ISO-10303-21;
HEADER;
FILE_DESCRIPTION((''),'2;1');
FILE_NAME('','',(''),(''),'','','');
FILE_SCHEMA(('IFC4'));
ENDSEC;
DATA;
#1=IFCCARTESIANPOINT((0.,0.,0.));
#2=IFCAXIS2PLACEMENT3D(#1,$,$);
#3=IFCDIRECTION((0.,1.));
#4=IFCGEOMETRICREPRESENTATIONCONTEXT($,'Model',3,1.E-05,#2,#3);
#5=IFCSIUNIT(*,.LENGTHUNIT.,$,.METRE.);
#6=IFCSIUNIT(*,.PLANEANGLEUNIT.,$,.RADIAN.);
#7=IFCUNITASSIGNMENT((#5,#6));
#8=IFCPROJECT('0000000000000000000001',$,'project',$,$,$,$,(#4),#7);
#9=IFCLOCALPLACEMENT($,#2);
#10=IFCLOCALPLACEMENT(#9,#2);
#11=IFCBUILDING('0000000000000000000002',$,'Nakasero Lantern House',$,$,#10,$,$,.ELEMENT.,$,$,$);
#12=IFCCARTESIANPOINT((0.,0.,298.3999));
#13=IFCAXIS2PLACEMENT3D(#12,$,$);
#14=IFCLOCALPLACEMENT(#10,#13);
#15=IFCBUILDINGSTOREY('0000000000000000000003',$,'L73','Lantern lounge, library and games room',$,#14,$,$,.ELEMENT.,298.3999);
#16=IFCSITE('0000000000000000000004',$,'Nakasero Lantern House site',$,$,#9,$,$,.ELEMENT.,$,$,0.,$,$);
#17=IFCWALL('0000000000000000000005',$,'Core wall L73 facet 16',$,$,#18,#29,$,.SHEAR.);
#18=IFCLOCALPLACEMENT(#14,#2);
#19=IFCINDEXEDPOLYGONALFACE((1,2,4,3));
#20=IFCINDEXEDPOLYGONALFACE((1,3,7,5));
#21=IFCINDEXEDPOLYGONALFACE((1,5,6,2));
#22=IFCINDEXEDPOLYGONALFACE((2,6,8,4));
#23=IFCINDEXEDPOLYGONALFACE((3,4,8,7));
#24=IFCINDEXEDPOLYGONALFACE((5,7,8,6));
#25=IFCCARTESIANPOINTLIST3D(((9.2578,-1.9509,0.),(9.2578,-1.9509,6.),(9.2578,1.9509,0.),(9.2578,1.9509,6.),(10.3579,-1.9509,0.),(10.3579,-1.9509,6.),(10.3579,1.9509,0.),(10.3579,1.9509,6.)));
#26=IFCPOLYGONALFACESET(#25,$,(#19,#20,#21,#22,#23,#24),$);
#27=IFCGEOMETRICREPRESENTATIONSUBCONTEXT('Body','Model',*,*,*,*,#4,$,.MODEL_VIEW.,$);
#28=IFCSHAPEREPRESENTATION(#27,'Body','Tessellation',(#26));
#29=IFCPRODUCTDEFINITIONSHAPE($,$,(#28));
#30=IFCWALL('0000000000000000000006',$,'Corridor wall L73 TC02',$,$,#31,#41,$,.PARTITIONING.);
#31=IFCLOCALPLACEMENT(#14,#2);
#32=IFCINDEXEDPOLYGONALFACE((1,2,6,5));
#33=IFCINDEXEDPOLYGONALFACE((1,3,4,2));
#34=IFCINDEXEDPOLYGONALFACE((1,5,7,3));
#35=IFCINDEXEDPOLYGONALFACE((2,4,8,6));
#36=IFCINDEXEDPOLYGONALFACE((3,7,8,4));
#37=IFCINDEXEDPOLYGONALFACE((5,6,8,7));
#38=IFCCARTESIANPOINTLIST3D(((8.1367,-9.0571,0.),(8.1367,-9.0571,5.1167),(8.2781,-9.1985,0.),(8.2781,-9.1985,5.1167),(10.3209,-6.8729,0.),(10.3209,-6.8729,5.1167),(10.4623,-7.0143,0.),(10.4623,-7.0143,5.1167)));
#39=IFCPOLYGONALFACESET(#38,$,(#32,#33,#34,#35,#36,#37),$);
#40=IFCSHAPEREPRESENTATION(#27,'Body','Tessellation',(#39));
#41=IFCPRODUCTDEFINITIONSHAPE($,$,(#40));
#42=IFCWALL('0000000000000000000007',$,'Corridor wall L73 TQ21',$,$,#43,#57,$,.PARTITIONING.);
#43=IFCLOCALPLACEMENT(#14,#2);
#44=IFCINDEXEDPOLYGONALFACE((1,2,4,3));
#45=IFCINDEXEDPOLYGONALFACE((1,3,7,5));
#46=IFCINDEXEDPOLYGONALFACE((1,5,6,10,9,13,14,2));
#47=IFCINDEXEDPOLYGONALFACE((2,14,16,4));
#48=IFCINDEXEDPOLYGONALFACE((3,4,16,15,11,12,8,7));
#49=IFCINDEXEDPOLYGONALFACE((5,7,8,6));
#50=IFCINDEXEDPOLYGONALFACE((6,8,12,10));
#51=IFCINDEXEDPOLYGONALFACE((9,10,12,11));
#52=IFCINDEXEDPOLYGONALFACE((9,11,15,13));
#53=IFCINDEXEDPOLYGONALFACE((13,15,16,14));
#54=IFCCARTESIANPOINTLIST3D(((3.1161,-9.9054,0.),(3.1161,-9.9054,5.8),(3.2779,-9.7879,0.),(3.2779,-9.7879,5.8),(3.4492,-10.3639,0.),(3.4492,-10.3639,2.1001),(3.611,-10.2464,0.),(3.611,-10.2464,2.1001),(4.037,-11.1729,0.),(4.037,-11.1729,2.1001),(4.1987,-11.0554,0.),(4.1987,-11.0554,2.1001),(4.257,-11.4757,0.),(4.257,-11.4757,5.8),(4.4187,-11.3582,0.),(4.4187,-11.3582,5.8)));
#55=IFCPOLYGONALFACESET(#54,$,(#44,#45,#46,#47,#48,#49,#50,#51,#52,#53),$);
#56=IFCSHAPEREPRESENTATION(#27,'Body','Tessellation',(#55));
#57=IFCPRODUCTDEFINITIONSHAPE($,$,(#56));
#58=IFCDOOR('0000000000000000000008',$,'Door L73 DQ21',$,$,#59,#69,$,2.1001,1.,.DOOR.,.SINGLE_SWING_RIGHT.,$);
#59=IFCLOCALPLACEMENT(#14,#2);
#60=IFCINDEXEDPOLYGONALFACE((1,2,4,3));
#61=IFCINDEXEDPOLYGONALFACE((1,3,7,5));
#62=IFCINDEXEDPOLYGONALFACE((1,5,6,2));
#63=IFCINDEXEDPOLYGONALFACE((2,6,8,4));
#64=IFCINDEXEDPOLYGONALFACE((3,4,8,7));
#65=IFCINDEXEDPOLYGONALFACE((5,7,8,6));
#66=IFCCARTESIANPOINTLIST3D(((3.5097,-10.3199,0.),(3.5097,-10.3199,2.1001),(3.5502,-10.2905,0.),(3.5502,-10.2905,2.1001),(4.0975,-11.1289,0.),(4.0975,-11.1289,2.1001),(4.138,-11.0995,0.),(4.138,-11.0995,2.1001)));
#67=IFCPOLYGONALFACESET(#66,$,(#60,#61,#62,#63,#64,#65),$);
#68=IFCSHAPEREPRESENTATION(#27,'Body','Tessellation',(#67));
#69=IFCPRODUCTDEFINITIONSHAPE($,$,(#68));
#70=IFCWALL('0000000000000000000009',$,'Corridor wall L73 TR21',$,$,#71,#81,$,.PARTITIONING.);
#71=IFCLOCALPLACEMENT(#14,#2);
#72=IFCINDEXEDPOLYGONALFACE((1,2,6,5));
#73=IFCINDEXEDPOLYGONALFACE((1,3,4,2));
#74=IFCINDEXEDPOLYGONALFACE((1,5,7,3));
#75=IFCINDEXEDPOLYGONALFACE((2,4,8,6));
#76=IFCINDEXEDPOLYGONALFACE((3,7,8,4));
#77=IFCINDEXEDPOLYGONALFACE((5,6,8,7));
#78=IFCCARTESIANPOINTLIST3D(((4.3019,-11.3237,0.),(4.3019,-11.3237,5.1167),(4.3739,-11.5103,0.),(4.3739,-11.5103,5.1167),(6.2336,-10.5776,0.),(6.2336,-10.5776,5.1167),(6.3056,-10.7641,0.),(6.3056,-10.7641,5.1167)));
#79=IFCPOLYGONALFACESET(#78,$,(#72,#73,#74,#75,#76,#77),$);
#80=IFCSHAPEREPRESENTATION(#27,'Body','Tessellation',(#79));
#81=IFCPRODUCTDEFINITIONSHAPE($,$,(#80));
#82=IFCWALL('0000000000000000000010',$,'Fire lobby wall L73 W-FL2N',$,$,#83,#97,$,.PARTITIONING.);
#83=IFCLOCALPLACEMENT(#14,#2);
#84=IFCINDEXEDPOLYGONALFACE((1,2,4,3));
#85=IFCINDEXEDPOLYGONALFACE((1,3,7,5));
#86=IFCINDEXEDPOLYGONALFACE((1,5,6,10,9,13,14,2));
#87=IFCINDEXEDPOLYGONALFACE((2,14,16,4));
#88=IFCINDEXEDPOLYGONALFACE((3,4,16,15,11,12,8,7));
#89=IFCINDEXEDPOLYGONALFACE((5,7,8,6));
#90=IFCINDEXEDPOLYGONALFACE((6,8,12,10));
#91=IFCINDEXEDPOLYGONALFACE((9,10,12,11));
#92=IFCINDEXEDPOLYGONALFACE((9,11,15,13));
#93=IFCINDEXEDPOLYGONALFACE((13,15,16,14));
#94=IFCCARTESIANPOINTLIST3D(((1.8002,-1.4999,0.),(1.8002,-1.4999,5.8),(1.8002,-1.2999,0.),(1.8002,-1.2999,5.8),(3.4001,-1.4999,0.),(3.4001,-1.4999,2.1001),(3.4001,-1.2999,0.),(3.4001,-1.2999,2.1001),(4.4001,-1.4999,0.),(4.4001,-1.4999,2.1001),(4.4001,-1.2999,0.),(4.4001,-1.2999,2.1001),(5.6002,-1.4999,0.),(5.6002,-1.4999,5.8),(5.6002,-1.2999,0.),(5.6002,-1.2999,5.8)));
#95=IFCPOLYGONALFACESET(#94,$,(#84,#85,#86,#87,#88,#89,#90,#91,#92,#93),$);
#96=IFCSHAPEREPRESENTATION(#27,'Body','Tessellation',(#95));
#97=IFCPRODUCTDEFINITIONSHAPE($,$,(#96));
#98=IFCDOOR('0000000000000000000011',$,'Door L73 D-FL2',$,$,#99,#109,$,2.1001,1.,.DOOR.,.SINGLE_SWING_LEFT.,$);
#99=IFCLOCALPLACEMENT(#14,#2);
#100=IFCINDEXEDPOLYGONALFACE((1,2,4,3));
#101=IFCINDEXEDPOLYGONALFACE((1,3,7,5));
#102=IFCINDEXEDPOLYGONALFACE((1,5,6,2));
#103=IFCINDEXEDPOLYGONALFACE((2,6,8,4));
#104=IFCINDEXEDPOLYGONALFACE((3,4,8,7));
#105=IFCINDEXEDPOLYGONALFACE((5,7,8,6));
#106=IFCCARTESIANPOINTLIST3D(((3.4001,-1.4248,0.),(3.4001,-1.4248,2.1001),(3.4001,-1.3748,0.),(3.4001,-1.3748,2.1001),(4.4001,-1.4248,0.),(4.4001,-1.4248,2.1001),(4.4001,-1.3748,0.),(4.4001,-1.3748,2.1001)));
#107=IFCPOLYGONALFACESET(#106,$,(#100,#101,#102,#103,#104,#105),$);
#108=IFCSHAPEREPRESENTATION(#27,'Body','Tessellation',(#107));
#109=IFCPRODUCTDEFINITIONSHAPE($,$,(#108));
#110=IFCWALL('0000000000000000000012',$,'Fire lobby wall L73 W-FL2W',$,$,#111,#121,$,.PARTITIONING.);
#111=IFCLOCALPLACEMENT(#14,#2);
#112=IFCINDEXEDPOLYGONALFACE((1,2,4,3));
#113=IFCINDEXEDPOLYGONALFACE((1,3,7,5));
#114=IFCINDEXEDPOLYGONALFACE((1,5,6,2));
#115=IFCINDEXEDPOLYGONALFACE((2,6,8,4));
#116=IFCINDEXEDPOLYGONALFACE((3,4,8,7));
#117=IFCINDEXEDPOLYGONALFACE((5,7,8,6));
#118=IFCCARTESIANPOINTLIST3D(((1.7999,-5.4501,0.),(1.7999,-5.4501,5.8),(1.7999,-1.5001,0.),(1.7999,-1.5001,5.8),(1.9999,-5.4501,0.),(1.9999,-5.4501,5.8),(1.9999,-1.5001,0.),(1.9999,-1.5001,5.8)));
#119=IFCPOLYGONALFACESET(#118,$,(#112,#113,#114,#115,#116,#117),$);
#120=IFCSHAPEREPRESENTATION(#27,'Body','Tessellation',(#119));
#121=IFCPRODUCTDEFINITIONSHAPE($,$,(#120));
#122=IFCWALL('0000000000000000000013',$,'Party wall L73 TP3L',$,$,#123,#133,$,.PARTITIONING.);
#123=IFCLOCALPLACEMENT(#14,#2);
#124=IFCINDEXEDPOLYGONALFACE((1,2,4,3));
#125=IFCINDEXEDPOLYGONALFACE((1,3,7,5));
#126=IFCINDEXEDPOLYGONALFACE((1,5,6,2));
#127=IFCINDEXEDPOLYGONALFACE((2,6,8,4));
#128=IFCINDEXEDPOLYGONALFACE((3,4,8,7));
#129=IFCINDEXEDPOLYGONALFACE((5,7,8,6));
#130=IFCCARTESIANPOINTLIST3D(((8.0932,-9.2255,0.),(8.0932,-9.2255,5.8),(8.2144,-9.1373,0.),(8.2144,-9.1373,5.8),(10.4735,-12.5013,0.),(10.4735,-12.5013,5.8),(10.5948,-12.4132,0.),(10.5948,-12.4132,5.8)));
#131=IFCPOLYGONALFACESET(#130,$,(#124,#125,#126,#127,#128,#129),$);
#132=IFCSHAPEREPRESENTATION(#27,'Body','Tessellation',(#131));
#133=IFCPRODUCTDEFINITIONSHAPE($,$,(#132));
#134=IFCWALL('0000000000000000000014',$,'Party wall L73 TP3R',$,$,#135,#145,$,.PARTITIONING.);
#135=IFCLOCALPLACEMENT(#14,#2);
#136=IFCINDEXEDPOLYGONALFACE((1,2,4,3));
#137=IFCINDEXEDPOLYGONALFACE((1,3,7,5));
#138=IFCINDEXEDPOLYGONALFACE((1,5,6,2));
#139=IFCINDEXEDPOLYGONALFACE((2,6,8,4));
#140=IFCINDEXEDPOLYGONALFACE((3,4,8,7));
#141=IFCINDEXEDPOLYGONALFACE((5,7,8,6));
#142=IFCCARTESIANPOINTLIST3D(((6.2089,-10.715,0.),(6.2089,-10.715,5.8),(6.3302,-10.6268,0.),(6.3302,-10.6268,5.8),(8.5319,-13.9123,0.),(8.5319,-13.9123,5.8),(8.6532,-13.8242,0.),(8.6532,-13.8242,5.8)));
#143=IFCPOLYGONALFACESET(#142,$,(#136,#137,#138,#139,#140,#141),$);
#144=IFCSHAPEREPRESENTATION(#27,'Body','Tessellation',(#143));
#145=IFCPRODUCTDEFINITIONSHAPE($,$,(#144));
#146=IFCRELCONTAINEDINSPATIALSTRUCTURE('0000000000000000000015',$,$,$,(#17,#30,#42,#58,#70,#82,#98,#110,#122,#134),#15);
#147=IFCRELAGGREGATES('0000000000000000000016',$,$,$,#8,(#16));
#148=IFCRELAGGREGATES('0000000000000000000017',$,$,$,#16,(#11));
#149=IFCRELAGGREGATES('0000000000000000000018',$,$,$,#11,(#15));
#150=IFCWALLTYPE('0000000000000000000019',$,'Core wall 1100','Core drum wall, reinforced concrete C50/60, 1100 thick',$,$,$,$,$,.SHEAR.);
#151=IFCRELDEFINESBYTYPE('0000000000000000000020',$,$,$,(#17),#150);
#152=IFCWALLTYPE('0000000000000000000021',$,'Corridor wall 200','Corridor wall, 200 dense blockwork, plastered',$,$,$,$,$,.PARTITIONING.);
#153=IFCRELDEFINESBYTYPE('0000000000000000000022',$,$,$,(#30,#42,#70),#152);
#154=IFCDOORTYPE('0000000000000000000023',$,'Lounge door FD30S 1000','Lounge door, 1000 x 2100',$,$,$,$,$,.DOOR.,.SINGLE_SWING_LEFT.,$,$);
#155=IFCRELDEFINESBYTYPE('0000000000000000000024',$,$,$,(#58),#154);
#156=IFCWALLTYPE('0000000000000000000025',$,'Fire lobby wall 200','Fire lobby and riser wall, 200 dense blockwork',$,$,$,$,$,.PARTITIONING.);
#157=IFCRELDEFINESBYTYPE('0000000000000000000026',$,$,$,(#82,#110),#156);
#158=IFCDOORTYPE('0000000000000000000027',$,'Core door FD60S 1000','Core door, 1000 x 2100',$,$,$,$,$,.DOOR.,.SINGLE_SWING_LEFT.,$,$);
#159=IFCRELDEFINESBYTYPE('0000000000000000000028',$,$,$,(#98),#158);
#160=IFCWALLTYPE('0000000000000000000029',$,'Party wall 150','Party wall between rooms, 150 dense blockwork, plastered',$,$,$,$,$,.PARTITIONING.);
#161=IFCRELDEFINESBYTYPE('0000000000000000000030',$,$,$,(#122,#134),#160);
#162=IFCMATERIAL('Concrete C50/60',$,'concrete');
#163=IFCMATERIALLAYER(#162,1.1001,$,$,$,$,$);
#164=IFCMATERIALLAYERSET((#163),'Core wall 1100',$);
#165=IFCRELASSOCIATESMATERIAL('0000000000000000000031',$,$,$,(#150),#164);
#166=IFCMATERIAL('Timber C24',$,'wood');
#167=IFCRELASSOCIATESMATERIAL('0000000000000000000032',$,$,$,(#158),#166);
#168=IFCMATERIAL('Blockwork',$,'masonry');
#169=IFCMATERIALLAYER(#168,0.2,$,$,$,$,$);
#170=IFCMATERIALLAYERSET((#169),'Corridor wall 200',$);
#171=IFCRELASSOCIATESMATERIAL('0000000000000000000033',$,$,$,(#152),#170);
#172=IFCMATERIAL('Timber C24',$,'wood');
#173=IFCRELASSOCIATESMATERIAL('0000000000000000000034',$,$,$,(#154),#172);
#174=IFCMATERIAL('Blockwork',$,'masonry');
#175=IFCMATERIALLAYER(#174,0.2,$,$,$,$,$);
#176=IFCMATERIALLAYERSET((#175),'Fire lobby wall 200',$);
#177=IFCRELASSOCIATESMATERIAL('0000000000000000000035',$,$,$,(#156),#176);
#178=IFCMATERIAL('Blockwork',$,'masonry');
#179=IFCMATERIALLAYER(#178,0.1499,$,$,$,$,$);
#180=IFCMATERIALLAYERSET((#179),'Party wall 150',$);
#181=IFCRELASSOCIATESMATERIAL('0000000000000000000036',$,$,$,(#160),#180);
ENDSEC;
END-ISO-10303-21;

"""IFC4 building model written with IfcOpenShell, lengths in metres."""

from ifc_helpers import new_model, si_unit, direction, frame, frame_2d, origin, place, context, subcontext, project, spatial, rectangle, extrude, material, layer, layer_set, type_object, element, fill, save


model = new_model("IFC4")

# Units and contexts
model_context = context("Model", 3, precision=1e-05, world=origin(), true_north=direction((0.0, 1.0)))
body_context = subcontext(model_context, "Body", "Model", "MODEL_VIEW")
ifc_project = project(units=[si_unit("LENGTHUNIT", "METRE"), si_unit("PLANEANGLEUNIT", "RADIAN")], contexts=[model_context])

# Site, building, storey
site_placement = place(None, origin())
site = spatial("IfcSite", under=ifc_project, at=site_placement, Name="Nakasero Lantern House site", CompositionType="ELEMENT", RefElevation=0.0)
building_placement = place(site_placement, origin())
building = spatial("IfcBuilding", under=site, at=building_placement, Name="Nakasero Lantern House", CompositionType="ELEMENT")
storey_placement = place(building_placement, frame((0.0, 0.0, 298.3999)))
storey = spatial("IfcBuildingStorey", under=building, at=storey_placement, Name="L73", Description="Lantern lounge, library and games room", CompositionType="ELEMENT", Elevation=298.3999)

# Shared definitions
ifc_material_1 = material(Name="Concrete C50/60", Category="concrete")
ifc_layer_1 = layer(ifc_material_1, 1.1001)
ifc_layer_set_1 = layer_set([ifc_layer_1], Name="Core wall 1100")
wall_type_1 = type_object("IfcWallType", Name="Core wall 1100", Description="Core drum wall, reinforced concrete C50/60, 1100 thick", PredefinedType="SHEAR", material=ifc_layer_set_1)

# Shared definitions
ifc_material_2 = material(Name="Timber C24", Category="wood")
door_type_1 = type_object("IfcDoorType", Name="Core door FD60S 1000", Description="Core door, 1000 x 2100", OperationType="SINGLE_SWING_LEFT", PredefinedType="DOOR", material=ifc_material_2)

# Walls
for number, where, z_axis, x_axis, name in (
    (1, (9.8079, -1.9509, 0.0), (0.0, 0.0, 1.0), (0.0, 1.0, 0.0), "Core wall L73 facet 16"),
):
    element("IfcWall", number, at=place(storey_placement, frame(where, z_axis=z_axis, x_axis=x_axis)), inside=storey, type_object=wall_type_1, Name=name, PredefinedType="SHEAR", context=body_context, shape_type="SweptSolid", body=[
        extrude(rectangle(XDim=3.9019, YDim=1.1001, at=frame_2d((1.9509, 0.0))), origin(), (0.0, 0.0, 1.0), 6.0),
    ])
ifc_material_3 = material(Name="Blockwork", Category="masonry")
ifc_layer_2 = layer(ifc_material_3, 0.2)
ifc_layer_set_2 = layer_set([ifc_layer_2], Name="Corridor wall 200")
wall_type_2 = type_object("IfcWallType", Name="Corridor wall 200", Description="Corridor wall, 200 dense blockwork, plastered", PredefinedType="PARTITIONING", material=ifc_layer_set_2)
wall_1_placement = place(storey_placement, frame((10.3916, -6.9436, 0.0), z_axis=(0.0, 0.0, 1.0), x_axis=(-0.707107, -0.707107, 0.0)))
element("IfcWall", 2, at=wall_1_placement, inside=storey, type_object=wall_type_2, Name="Corridor wall L73 TC02", PredefinedType="PARTITIONING", context=body_context, shape_type="SweptSolid", body=[
    extrude(rectangle(XDim=3.0889, YDim=0.2, at=frame_2d((1.5444, 0.0))), origin(), (0.0, 0.0, 1.0), 5.1167),
])

# Wall, opening, door
wall_2_placement = place(storey_placement, frame((3.197, -9.8467, 0.0), z_axis=(0.0, 0.0, 1.0), x_axis=(0.587775, -0.809024, 0.0)))
wall_2 = element("IfcWall", 3, at=wall_2_placement, inside=storey, type_object=wall_type_2, Name="Corridor wall L73 TQ21", PredefinedType="PARTITIONING", context=body_context, shape_type="SweptSolid", body=[
    extrude(rectangle(XDim=1.9409, YDim=0.2, at=frame_2d((0.9705, 0.0))), origin(), (0.0, 0.0, 1.0), 5.8),
])
opening_1_placement = place(wall_2_placement, frame((0.5667, 0.0, 0.0)))
opening_1 = element("IfcOpeningElement", 4, at=opening_1_placement, cuts=wall_2, PredefinedType="OPENING", context=body_context, shape_type="SweptSolid", body=[
    extrude(rectangle(XDim=1.0, YDim=2.1001, at=frame_2d((0.5, 1.05))), frame((0.0, 0.1199, 0.0), z_axis=(0.0, -1.0, 0.0), x_axis=(1.0, 0.0, 0.0)), (0.0, 0.0, 1.0), 0.24),
])
ifc_material_4 = material(Name="Timber C24", Category="wood")
door_type_2 = type_object("IfcDoorType", Name="Lounge door FD30S 1000", Description="Lounge door, 1000 x 2100", OperationType="SINGLE_SWING_LEFT", PredefinedType="DOOR", material=ifc_material_4)
door_1_placement = place(opening_1_placement, origin())
door_1 = element("IfcDoor", 5, at=door_1_placement, inside=storey, type_object=door_type_2, Name="Door L73 DQ21", OperationType="SINGLE_SWING_RIGHT", OverallHeight=2.1001, OverallWidth=1.0, PredefinedType="DOOR", context=body_context, shape_type="SweptSolid", body=[
    extrude(rectangle(XDim=1.0, YDim=2.1001, at=frame_2d((0.5, 1.05))), frame((0.0, 0.0249, 0.0), z_axis=(0.0, -1.0, 0.0), x_axis=(1.0, 0.0, 0.0)), (0.0, 0.0, 1.0), 0.05),
])
fill(opening_1, door_1)

# Wall
wall_3_placement = place(storey_placement, frame((4.3379, -11.417, 0.0), z_axis=(0.0, 0.0, 1.0), x_axis=(0.932834, 0.360306, 0.0)))
element("IfcWall", 6, at=wall_3_placement, inside=storey, type_object=wall_type_2, Name="Corridor wall L73 TR21", PredefinedType="PARTITIONING", context=body_context, shape_type="SweptSolid", body=[
    extrude(rectangle(XDim=2.0708, YDim=0.2, at=frame_2d((1.0354, 0.0))), origin(), (0.0, 0.0, 1.0), 5.1167),
])

# Wall, opening, door
ifc_material_5 = material(Name="Blockwork", Category="masonry")
ifc_layer_3 = layer(ifc_material_5, 0.2)
ifc_layer_set_3 = layer_set([ifc_layer_3], Name="Fire lobby wall 200")
wall_type_3 = type_object("IfcWallType", Name="Fire lobby wall 200", Description="Fire lobby and riser wall, 200 dense blockwork", PredefinedType="PARTITIONING", material=ifc_layer_set_3)
wall_4_placement = place(storey_placement, frame((5.6001, -1.3999, 0.0), z_axis=(0.0, 0.0, 1.0), x_axis=(-1.0, 0.0, 0.0)))
wall_4 = element("IfcWall", 7, at=wall_4_placement, inside=storey, type_object=wall_type_3, Name="Fire lobby wall L73 W-FL2N", PredefinedType="PARTITIONING", context=body_context, shape_type="SweptSolid", body=[
    extrude(rectangle(XDim=3.8, YDim=0.2, at=frame_2d((1.8999, 0.0))), origin(), (0.0, 0.0, 1.0), 5.8),
])
opening_2_placement = place(wall_4_placement, frame((1.2, 0.0, 0.0)))
opening_2 = element("IfcOpeningElement", 8, at=opening_2_placement, cuts=wall_4, PredefinedType="OPENING", context=body_context, shape_type="SweptSolid", body=[
    extrude(rectangle(XDim=1.0, YDim=2.1001, at=frame_2d((0.5, 1.05))), frame((0.0, 0.1199, 0.0), z_axis=(0.0, -1.0, 0.0), x_axis=(1.0, 0.0, 0.0)), (0.0, 0.0, 1.0), 0.24),
])
door_2_placement = place(opening_2_placement, origin())
door_2 = element("IfcDoor", 9, at=door_2_placement, inside=storey, type_object=door_type_1, Name="Door L73 D-FL2", OperationType="SINGLE_SWING_LEFT", OverallHeight=2.1001, OverallWidth=1.0, PredefinedType="DOOR", context=body_context, shape_type="SweptSolid", body=[
    extrude(rectangle(XDim=1.0, YDim=2.1001, at=frame_2d((0.5, 1.05))), frame((0.0, 0.0249, 0.0), z_axis=(0.0, -1.0, 0.0), x_axis=(1.0, 0.0, 0.0)), (0.0, 0.0, 1.0), 0.05),
])
fill(opening_2, door_2)

# Walls
wall_5_placement = place(storey_placement, frame((1.8999, -1.5, 0.0), z_axis=(0.0, 0.0, 1.0), x_axis=(0.0, -1.0, 0.0)))
element("IfcWall", 10, at=wall_5_placement, inside=storey, type_object=wall_type_3, Name="Fire lobby wall L73 W-FL2W", PredefinedType="PARTITIONING", context=body_context, shape_type="SweptSolid", body=[
    extrude(rectangle(XDim=3.95, YDim=0.2, at=frame_2d((1.9751, 0.0))), origin(), (0.0, 0.0, 1.0), 5.8),
])
ifc_material_6 = material(Name="Blockwork", Category="masonry")
ifc_layer_4 = layer(ifc_material_6, 0.1499)
ifc_layer_set_4 = layer_set([ifc_layer_4], Name="Party wall 150")
wall_type_4 = type_object("IfcWallType", Name="Party wall 150", Description="Party wall between rooms, 150 dense blockwork, plastered", PredefinedType="PARTITIONING", material=ifc_layer_set_4)
wall_6_placement = place(storey_placement, frame((8.1538, -9.1814, 0.0), z_axis=(0.0, 0.0, 1.0), x_axis=(0.587835, -0.808981, 0.0)))
element("IfcWall", 11, at=wall_6_placement, inside=storey, type_object=wall_type_4, Name="Party wall L73 TP3L", PredefinedType="PARTITIONING", context=body_context, shape_type="SweptSolid", body=[
    extrude(rectangle(XDim=4.0493, YDim=0.1499, at=frame_2d((2.0247, 0.0))), origin(), (0.0, 0.0, 1.0), 5.8),
])
wall_7_placement = place(storey_placement, frame((6.2695, -10.6709, 0.0), z_axis=(0.0, 0.0, 1.0), x_axis=(0.587793, -0.809011, 0.0)))
element("IfcWall", 12, at=wall_7_placement, inside=storey, type_object=wall_type_4, Name="Party wall L73 TP3R", PredefinedType="PARTITIONING", context=body_context, shape_type="SweptSolid", body=[
    extrude(rectangle(XDim=3.9521, YDim=0.1499, at=frame_2d((1.9761, 0.0))), origin(), (0.0, 0.0, 1.0), 5.8),
])

save(model, "model.ifc")
